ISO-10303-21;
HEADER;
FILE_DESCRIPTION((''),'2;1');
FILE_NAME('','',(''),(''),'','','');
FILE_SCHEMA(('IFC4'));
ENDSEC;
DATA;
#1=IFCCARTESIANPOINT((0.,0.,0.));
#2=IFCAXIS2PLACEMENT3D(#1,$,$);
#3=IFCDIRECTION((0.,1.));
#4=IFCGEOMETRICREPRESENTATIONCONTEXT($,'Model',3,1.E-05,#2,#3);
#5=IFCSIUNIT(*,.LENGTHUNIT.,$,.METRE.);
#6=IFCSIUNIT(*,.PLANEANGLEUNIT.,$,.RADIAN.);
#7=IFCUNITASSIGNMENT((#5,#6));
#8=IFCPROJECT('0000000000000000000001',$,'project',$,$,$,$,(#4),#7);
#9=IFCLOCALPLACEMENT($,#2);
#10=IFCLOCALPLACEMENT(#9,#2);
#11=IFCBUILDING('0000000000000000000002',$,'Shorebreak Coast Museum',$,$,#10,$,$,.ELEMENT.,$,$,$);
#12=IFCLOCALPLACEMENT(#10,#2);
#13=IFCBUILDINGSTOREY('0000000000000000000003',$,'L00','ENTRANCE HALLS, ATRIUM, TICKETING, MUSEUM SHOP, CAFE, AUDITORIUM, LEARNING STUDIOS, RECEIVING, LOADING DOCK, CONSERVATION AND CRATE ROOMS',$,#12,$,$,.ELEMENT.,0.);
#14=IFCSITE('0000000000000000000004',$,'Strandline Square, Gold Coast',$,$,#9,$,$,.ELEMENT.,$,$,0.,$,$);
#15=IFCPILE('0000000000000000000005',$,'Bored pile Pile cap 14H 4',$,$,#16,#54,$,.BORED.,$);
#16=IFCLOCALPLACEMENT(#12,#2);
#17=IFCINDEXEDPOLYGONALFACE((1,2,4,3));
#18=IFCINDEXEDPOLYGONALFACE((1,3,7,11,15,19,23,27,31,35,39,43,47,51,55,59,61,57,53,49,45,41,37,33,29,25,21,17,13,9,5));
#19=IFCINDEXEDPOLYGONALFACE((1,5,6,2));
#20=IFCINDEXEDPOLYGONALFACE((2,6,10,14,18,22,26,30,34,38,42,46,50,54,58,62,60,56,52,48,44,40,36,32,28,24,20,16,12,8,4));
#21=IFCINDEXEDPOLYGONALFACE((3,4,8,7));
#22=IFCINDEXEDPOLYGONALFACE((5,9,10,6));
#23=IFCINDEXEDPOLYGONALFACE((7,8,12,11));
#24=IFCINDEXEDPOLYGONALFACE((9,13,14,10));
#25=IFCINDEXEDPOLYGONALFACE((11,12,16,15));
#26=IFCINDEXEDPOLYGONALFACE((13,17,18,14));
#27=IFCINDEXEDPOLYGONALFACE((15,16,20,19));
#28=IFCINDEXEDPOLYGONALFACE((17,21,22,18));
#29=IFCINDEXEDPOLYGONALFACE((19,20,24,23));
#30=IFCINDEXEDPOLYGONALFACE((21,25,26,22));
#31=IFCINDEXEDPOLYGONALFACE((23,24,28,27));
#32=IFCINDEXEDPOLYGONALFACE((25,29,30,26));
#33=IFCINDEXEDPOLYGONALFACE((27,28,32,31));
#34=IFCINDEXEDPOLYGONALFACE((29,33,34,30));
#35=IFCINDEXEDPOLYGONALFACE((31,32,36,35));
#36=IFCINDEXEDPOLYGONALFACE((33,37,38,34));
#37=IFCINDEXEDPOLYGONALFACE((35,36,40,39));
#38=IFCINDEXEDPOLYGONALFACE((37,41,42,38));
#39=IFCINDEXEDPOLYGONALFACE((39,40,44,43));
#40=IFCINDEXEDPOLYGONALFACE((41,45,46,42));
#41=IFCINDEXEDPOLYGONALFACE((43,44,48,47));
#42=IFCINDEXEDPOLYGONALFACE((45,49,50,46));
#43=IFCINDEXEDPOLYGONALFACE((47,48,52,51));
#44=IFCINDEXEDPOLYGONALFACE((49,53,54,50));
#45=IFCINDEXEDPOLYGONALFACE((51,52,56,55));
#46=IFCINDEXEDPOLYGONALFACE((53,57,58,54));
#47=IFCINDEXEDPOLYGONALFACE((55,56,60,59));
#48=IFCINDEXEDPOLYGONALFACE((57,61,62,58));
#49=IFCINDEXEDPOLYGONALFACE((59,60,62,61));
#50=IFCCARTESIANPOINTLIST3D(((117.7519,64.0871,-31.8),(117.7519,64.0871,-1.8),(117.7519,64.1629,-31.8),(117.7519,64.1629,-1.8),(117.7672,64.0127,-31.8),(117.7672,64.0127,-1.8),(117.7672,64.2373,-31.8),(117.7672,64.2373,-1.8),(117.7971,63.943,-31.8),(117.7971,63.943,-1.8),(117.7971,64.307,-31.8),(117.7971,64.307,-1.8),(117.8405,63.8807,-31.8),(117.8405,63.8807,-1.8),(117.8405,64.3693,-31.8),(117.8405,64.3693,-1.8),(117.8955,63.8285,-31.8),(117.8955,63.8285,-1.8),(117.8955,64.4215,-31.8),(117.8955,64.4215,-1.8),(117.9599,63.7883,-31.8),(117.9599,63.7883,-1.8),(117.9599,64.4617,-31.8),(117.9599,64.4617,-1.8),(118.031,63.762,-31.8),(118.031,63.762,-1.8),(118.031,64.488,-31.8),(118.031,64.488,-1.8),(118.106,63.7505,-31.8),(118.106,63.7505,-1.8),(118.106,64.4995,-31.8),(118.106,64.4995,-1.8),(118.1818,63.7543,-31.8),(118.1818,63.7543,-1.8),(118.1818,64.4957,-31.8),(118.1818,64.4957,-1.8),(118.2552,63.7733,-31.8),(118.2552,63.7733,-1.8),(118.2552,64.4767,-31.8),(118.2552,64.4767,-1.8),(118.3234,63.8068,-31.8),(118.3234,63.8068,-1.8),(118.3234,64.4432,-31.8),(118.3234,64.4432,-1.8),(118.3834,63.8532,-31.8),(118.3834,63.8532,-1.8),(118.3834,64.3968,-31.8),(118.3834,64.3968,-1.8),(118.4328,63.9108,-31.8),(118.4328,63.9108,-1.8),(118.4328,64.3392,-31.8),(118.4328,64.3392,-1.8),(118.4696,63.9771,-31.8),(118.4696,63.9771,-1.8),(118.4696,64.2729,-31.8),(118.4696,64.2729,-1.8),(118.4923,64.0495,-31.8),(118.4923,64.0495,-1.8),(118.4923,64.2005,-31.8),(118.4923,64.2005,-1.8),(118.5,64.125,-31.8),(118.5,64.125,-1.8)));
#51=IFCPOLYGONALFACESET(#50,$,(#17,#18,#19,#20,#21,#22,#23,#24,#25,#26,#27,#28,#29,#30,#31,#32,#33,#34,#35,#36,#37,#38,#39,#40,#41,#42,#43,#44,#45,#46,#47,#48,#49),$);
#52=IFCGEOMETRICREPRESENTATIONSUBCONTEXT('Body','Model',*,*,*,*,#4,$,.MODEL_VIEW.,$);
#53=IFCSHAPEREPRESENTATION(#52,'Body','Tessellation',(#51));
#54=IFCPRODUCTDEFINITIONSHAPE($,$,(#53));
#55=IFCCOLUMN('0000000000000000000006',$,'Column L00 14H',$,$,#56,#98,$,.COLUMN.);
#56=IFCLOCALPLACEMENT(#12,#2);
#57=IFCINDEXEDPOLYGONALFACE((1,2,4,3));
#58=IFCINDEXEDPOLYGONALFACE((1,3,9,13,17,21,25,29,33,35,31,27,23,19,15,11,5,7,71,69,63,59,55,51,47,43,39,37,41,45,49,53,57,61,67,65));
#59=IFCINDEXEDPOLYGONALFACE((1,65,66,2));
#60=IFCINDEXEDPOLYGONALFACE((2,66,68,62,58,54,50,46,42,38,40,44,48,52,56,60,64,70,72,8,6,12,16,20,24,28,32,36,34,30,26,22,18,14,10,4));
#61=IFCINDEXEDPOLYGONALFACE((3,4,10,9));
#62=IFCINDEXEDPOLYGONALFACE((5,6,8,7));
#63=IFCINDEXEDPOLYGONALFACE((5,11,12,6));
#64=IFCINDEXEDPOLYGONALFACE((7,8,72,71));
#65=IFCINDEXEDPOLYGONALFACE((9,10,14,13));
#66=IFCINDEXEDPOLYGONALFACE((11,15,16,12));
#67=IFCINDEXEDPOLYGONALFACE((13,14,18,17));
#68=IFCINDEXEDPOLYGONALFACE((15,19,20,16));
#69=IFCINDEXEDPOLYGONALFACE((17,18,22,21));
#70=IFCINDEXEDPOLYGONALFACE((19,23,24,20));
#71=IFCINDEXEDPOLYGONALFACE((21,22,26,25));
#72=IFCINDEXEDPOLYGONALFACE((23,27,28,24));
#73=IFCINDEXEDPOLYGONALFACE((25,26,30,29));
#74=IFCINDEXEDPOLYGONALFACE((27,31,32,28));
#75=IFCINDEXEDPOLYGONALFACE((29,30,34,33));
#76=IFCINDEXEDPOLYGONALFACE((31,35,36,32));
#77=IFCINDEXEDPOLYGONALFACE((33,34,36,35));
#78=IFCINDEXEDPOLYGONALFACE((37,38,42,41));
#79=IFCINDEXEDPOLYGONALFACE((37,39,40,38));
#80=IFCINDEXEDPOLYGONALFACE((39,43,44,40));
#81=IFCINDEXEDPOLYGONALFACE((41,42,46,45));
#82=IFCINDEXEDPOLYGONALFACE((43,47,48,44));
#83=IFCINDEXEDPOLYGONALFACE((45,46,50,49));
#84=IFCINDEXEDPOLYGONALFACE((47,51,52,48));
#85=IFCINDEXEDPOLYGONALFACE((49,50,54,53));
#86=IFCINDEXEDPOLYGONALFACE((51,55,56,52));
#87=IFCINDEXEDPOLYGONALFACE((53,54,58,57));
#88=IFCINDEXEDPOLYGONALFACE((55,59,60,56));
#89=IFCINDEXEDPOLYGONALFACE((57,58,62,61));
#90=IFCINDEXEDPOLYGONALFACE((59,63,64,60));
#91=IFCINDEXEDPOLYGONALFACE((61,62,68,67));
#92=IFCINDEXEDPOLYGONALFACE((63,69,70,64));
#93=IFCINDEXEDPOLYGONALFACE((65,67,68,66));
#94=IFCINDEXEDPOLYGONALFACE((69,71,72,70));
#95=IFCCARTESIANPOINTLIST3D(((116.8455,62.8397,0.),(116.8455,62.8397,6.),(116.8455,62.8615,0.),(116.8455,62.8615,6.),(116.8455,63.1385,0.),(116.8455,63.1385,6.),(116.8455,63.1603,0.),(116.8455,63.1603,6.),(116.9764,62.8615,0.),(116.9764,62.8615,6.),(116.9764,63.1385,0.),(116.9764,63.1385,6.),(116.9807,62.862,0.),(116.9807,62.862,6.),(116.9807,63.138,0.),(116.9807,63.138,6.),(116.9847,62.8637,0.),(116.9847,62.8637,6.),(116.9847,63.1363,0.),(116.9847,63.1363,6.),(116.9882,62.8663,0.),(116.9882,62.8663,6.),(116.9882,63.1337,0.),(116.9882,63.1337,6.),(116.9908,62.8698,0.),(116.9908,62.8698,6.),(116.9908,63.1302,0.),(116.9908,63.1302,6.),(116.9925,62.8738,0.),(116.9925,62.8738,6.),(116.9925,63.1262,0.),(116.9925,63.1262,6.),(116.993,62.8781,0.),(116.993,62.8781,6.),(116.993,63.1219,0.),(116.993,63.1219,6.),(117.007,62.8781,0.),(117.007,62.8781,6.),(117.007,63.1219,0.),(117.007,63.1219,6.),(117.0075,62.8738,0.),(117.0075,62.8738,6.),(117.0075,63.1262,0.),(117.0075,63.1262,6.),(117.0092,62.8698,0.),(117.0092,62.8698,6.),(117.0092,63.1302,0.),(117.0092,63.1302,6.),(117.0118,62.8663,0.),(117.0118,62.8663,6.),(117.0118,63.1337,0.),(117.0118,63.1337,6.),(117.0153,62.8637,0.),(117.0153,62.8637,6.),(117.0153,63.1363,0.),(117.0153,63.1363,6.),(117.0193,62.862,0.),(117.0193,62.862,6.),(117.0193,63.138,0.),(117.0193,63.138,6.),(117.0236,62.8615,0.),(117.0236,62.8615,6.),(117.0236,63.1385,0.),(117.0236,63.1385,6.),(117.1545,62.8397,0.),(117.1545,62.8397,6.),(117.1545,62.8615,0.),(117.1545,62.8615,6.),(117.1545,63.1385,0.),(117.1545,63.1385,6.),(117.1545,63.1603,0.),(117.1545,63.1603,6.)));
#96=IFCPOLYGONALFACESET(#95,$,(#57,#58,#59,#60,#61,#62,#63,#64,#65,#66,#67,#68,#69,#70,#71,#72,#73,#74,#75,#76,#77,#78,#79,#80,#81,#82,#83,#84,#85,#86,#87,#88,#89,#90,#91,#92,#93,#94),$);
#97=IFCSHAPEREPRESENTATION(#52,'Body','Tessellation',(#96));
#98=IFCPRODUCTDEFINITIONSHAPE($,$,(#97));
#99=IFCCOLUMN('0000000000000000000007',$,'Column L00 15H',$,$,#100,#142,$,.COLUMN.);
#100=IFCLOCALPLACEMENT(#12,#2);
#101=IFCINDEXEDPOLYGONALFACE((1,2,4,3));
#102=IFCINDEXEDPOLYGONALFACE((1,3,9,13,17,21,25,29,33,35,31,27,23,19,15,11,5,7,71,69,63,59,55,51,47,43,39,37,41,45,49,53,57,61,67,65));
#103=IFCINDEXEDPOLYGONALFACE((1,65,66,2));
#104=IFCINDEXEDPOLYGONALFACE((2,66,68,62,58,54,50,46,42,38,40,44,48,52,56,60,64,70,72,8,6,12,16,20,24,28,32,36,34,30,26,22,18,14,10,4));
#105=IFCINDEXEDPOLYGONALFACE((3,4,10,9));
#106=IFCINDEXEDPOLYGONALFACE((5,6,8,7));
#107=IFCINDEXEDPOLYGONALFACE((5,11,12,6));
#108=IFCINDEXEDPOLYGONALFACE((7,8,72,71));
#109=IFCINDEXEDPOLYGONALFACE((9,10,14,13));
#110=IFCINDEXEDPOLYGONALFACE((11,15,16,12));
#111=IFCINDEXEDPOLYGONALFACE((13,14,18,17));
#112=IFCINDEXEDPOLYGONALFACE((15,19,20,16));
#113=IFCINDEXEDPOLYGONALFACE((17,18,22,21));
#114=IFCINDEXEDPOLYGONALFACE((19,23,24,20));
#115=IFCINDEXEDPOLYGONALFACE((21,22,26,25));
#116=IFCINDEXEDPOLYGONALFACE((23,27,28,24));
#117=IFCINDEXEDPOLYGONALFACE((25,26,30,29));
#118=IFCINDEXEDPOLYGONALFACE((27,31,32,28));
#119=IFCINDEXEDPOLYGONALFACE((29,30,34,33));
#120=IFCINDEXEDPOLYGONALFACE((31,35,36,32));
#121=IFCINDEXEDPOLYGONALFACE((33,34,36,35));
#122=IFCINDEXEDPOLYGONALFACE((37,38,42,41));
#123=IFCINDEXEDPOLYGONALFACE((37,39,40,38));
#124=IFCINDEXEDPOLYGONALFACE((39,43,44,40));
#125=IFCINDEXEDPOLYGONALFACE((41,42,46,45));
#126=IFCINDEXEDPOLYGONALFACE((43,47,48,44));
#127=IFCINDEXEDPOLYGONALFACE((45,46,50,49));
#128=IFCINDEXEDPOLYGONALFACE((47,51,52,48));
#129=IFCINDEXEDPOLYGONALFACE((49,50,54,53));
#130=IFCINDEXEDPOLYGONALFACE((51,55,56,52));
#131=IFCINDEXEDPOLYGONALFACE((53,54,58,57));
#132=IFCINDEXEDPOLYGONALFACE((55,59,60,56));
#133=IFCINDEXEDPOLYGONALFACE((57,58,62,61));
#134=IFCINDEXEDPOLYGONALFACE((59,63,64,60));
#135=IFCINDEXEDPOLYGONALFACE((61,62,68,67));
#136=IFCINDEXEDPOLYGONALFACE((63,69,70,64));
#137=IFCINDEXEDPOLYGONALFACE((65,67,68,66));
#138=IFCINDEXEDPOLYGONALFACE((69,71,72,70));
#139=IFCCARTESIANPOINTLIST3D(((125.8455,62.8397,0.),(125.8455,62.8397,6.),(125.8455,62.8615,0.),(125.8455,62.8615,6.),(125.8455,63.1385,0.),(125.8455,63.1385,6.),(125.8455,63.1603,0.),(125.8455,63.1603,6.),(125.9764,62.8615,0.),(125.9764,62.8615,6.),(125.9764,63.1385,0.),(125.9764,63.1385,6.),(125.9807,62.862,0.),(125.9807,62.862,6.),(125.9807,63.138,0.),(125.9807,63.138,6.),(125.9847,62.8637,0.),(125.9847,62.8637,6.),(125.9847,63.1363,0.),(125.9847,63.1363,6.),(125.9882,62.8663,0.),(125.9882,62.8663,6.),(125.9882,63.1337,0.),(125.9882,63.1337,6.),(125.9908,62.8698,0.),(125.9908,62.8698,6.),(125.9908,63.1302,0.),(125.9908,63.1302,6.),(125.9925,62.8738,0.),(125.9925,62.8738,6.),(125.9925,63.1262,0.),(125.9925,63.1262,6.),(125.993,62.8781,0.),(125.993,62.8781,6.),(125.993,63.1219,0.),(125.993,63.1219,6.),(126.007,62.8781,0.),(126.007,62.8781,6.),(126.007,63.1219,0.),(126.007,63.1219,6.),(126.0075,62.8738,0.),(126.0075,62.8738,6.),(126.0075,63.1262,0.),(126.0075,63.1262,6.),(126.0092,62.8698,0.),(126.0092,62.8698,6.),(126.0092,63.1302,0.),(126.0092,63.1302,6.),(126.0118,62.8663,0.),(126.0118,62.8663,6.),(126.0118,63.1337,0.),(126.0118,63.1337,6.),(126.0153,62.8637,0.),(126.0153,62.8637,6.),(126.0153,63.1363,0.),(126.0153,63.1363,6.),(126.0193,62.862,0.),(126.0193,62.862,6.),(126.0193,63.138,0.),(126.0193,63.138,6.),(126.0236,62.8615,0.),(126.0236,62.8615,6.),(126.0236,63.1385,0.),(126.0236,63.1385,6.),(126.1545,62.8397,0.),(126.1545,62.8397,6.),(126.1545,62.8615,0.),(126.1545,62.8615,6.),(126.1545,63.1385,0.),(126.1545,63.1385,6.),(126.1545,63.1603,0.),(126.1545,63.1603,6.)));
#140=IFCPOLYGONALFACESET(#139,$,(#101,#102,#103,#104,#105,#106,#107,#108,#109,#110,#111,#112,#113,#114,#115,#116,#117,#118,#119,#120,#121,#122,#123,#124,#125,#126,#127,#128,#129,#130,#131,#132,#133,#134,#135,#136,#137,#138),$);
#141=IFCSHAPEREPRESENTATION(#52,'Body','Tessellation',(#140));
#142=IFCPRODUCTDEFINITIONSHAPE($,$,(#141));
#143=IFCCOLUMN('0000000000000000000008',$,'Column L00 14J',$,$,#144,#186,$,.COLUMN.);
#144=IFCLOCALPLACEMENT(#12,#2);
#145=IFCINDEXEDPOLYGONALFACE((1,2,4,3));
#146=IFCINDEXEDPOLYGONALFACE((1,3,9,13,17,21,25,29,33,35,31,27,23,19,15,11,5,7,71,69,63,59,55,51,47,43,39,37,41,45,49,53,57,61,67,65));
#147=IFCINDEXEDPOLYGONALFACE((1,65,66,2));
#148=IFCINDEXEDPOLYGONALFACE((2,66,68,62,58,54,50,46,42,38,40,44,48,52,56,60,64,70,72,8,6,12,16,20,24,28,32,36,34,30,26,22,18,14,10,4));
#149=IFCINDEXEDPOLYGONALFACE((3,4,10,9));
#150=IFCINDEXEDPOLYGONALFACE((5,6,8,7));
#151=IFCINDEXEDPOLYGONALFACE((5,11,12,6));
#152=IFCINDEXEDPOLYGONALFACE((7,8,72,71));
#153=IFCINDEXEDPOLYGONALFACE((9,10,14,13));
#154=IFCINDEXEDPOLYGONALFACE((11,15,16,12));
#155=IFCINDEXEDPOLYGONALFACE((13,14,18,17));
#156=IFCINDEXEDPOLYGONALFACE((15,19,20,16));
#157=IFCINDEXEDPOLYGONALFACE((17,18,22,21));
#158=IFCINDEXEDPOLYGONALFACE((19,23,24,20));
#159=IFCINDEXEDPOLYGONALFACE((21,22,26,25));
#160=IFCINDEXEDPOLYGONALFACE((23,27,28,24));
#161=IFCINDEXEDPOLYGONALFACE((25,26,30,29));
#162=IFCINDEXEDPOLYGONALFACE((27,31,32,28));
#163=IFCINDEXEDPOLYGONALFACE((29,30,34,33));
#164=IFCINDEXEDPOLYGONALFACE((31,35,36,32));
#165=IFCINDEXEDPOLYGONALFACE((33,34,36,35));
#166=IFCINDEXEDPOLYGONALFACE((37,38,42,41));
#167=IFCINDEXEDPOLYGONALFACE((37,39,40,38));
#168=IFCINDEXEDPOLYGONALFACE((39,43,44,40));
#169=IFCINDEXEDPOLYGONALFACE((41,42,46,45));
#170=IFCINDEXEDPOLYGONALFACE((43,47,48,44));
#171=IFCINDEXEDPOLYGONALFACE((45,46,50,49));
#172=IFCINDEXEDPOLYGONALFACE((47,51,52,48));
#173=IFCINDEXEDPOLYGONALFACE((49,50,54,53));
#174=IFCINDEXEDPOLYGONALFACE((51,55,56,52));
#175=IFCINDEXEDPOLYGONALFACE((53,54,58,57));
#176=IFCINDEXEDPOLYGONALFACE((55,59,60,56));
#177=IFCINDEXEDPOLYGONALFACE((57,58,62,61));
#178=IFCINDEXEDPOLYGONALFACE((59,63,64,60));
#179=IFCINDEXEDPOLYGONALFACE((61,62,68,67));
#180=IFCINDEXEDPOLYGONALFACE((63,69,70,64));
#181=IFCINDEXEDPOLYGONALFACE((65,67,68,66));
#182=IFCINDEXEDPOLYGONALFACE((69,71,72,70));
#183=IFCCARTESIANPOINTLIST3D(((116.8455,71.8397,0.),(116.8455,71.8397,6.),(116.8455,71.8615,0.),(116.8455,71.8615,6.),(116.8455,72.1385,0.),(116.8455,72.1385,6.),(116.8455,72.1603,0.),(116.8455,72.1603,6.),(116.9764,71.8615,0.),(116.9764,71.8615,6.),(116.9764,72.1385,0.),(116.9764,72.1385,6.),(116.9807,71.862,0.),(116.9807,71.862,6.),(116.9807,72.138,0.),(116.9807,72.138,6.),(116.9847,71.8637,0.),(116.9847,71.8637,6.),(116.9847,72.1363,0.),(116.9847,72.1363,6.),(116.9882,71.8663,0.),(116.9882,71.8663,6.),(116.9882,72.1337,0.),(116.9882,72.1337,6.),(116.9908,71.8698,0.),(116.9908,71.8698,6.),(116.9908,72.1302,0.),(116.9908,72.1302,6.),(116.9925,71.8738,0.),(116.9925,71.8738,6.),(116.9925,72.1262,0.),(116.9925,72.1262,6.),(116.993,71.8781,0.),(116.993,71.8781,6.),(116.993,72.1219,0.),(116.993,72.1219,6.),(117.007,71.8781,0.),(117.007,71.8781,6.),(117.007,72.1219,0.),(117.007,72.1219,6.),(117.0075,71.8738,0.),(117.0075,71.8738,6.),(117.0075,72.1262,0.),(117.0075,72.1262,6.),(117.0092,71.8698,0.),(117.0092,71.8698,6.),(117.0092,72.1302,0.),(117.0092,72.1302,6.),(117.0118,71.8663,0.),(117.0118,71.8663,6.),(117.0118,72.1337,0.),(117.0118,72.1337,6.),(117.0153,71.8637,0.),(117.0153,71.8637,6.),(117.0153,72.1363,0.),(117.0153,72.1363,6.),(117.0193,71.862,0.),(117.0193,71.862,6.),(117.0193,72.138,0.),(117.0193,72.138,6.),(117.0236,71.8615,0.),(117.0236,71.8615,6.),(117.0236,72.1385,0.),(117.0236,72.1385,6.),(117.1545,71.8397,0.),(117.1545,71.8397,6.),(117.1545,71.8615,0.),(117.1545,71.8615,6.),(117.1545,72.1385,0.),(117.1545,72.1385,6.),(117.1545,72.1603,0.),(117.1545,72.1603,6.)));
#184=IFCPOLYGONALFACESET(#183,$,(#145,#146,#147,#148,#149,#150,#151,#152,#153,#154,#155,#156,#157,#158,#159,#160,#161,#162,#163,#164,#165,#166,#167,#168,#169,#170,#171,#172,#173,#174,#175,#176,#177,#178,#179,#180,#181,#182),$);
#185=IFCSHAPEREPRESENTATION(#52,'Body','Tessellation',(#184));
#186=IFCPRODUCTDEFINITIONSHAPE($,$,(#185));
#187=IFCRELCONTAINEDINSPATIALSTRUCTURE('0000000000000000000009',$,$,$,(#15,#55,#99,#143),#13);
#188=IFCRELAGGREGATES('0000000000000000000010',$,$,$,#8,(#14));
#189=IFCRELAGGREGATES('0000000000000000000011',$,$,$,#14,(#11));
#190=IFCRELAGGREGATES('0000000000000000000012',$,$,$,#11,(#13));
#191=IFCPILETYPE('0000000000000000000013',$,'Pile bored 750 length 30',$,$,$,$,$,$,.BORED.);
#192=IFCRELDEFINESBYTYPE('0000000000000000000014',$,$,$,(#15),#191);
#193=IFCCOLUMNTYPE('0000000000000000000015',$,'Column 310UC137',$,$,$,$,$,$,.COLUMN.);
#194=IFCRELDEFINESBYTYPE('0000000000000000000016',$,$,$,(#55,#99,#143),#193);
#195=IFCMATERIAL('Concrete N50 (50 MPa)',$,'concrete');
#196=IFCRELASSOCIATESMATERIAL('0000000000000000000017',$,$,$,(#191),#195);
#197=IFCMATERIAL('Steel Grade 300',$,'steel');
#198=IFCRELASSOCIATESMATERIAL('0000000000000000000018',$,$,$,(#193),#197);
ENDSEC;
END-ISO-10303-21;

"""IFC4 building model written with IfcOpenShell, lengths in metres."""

from ifc_helpers import new_model, si_unit, direction, frame, origin, origin_2d, place, context, subcontext, project, spatial, circle, i_section, extrude, material, material_profile, profile_set, type_object, element, save


model = new_model("IFC4")

# Units and contexts
model_context = context("Model", 3, precision=1e-05, world=origin(), true_north=direction((0.0, 1.0)))
body_context = subcontext(model_context, "Body", "Model", "MODEL_VIEW")
ifc_project = project(units=[si_unit("LENGTHUNIT", "METRE"), si_unit("PLANEANGLEUNIT", "RADIAN")], contexts=[model_context])

# Site, building, storey
site_placement = place(None, origin())
site = spatial("IfcSite", under=ifc_project, at=site_placement, Name="Strandline Square, Gold Coast", CompositionType="ELEMENT", RefElevation=0.0)
building_placement = place(site_placement, origin())
building = spatial("IfcBuilding", under=site, at=building_placement, Name="Shorebreak Coast Museum", CompositionType="ELEMENT")
storey_placement = place(building_placement, origin())
storey = spatial("IfcBuildingStorey", under=building, at=storey_placement, Name="L00", Description="ENTRANCE HALLS, ATRIUM, TICKETING, MUSEUM SHOP, CAFE, AUDITORIUM, LEARNING STUDIOS, RECEIVING, LOADING DOCK, CONSERVATION AND CRATE ROOMS", CompositionType="ELEMENT", Elevation=0.0)

# Pile
ifc_material_1 = material(Name="Concrete N50 (50 MPa)", Category="concrete")
ifc_material_profile_1 = material_profile(ifc_material_1, circle(Radius=0.375, at=origin_2d()), Name="Pile bored 750 length 30")
ifc_profile_set_1 = profile_set([ifc_material_profile_1], Name="Concrete N50 (50 MPa)")
pile_type_1 = type_object("IfcPileType", Name="Pile bored 750 length 30", PredefinedType="BORED", material=ifc_profile_set_1)
for number, where, z_axis, x_axis, name in (
    (1, (118.125, 64.125, -1.8), (0.0, 0.0, -1.0), (1.0, 0.0, 0.0), "Bored pile Pile cap 14H 4"),
):
    element("IfcPile", number, at=place(storey_placement, frame(where, z_axis=z_axis, x_axis=x_axis)), inside=storey, type_object=pile_type_1, Name=name, PredefinedType="BORED", context=body_context, shape_type="SweptSolid", body=[
        extrude(circle(Radius=0.375, at=origin_2d()), origin(), (0.0, 0.0, 1.0), 30.0),
    ])

# Columns
ifc_material_2 = material(Name="Steel Grade 300", Category="steel")
ifc_material_profile_2 = material_profile(ifc_material_2, i_section(OverallWidth=0.3091, OverallDepth=0.3206, WebThickness=0.0139, FlangeThickness=0.0217, FilletRadius=0.0166, at=origin_2d()), Name="310UC137")
ifc_profile_set_2 = profile_set([ifc_material_profile_2], Name="Steel Grade 300")
column_type = type_object("IfcColumnType", Name="Column 310UC137", PredefinedType="COLUMN", material=ifc_profile_set_2)
for number, where, z_axis, x_axis, name in (
    (2, (117.0, 63.0, 0.0), (0.0, 0.0, 1.0), (1.0, 0.0, 0.0), "Column L00 14H"),
    (3, (126.0, 63.0, 0.0), (0.0, 0.0, 1.0), (1.0, 0.0, 0.0), "Column L00 15H"),
    (4, (117.0, 72.0, 0.0), (0.0, 0.0, 1.0), (1.0, 0.0, 0.0), "Column L00 14J"),
):
    element("IfcColumn", number, at=place(storey_placement, frame(where, z_axis=z_axis, x_axis=x_axis)), inside=storey, type_object=column_type, Name=name, PredefinedType="COLUMN", context=body_context, shape_type="SweptSolid", body=[
        extrude(i_section(OverallWidth=0.3091, OverallDepth=0.3206, WebThickness=0.0139, FlangeThickness=0.0217, FilletRadius=0.0166, at=origin_2d()), origin(), (0.0, 0.0, 1.0), 6.0),
    ])

save(model, "model.ifc")
